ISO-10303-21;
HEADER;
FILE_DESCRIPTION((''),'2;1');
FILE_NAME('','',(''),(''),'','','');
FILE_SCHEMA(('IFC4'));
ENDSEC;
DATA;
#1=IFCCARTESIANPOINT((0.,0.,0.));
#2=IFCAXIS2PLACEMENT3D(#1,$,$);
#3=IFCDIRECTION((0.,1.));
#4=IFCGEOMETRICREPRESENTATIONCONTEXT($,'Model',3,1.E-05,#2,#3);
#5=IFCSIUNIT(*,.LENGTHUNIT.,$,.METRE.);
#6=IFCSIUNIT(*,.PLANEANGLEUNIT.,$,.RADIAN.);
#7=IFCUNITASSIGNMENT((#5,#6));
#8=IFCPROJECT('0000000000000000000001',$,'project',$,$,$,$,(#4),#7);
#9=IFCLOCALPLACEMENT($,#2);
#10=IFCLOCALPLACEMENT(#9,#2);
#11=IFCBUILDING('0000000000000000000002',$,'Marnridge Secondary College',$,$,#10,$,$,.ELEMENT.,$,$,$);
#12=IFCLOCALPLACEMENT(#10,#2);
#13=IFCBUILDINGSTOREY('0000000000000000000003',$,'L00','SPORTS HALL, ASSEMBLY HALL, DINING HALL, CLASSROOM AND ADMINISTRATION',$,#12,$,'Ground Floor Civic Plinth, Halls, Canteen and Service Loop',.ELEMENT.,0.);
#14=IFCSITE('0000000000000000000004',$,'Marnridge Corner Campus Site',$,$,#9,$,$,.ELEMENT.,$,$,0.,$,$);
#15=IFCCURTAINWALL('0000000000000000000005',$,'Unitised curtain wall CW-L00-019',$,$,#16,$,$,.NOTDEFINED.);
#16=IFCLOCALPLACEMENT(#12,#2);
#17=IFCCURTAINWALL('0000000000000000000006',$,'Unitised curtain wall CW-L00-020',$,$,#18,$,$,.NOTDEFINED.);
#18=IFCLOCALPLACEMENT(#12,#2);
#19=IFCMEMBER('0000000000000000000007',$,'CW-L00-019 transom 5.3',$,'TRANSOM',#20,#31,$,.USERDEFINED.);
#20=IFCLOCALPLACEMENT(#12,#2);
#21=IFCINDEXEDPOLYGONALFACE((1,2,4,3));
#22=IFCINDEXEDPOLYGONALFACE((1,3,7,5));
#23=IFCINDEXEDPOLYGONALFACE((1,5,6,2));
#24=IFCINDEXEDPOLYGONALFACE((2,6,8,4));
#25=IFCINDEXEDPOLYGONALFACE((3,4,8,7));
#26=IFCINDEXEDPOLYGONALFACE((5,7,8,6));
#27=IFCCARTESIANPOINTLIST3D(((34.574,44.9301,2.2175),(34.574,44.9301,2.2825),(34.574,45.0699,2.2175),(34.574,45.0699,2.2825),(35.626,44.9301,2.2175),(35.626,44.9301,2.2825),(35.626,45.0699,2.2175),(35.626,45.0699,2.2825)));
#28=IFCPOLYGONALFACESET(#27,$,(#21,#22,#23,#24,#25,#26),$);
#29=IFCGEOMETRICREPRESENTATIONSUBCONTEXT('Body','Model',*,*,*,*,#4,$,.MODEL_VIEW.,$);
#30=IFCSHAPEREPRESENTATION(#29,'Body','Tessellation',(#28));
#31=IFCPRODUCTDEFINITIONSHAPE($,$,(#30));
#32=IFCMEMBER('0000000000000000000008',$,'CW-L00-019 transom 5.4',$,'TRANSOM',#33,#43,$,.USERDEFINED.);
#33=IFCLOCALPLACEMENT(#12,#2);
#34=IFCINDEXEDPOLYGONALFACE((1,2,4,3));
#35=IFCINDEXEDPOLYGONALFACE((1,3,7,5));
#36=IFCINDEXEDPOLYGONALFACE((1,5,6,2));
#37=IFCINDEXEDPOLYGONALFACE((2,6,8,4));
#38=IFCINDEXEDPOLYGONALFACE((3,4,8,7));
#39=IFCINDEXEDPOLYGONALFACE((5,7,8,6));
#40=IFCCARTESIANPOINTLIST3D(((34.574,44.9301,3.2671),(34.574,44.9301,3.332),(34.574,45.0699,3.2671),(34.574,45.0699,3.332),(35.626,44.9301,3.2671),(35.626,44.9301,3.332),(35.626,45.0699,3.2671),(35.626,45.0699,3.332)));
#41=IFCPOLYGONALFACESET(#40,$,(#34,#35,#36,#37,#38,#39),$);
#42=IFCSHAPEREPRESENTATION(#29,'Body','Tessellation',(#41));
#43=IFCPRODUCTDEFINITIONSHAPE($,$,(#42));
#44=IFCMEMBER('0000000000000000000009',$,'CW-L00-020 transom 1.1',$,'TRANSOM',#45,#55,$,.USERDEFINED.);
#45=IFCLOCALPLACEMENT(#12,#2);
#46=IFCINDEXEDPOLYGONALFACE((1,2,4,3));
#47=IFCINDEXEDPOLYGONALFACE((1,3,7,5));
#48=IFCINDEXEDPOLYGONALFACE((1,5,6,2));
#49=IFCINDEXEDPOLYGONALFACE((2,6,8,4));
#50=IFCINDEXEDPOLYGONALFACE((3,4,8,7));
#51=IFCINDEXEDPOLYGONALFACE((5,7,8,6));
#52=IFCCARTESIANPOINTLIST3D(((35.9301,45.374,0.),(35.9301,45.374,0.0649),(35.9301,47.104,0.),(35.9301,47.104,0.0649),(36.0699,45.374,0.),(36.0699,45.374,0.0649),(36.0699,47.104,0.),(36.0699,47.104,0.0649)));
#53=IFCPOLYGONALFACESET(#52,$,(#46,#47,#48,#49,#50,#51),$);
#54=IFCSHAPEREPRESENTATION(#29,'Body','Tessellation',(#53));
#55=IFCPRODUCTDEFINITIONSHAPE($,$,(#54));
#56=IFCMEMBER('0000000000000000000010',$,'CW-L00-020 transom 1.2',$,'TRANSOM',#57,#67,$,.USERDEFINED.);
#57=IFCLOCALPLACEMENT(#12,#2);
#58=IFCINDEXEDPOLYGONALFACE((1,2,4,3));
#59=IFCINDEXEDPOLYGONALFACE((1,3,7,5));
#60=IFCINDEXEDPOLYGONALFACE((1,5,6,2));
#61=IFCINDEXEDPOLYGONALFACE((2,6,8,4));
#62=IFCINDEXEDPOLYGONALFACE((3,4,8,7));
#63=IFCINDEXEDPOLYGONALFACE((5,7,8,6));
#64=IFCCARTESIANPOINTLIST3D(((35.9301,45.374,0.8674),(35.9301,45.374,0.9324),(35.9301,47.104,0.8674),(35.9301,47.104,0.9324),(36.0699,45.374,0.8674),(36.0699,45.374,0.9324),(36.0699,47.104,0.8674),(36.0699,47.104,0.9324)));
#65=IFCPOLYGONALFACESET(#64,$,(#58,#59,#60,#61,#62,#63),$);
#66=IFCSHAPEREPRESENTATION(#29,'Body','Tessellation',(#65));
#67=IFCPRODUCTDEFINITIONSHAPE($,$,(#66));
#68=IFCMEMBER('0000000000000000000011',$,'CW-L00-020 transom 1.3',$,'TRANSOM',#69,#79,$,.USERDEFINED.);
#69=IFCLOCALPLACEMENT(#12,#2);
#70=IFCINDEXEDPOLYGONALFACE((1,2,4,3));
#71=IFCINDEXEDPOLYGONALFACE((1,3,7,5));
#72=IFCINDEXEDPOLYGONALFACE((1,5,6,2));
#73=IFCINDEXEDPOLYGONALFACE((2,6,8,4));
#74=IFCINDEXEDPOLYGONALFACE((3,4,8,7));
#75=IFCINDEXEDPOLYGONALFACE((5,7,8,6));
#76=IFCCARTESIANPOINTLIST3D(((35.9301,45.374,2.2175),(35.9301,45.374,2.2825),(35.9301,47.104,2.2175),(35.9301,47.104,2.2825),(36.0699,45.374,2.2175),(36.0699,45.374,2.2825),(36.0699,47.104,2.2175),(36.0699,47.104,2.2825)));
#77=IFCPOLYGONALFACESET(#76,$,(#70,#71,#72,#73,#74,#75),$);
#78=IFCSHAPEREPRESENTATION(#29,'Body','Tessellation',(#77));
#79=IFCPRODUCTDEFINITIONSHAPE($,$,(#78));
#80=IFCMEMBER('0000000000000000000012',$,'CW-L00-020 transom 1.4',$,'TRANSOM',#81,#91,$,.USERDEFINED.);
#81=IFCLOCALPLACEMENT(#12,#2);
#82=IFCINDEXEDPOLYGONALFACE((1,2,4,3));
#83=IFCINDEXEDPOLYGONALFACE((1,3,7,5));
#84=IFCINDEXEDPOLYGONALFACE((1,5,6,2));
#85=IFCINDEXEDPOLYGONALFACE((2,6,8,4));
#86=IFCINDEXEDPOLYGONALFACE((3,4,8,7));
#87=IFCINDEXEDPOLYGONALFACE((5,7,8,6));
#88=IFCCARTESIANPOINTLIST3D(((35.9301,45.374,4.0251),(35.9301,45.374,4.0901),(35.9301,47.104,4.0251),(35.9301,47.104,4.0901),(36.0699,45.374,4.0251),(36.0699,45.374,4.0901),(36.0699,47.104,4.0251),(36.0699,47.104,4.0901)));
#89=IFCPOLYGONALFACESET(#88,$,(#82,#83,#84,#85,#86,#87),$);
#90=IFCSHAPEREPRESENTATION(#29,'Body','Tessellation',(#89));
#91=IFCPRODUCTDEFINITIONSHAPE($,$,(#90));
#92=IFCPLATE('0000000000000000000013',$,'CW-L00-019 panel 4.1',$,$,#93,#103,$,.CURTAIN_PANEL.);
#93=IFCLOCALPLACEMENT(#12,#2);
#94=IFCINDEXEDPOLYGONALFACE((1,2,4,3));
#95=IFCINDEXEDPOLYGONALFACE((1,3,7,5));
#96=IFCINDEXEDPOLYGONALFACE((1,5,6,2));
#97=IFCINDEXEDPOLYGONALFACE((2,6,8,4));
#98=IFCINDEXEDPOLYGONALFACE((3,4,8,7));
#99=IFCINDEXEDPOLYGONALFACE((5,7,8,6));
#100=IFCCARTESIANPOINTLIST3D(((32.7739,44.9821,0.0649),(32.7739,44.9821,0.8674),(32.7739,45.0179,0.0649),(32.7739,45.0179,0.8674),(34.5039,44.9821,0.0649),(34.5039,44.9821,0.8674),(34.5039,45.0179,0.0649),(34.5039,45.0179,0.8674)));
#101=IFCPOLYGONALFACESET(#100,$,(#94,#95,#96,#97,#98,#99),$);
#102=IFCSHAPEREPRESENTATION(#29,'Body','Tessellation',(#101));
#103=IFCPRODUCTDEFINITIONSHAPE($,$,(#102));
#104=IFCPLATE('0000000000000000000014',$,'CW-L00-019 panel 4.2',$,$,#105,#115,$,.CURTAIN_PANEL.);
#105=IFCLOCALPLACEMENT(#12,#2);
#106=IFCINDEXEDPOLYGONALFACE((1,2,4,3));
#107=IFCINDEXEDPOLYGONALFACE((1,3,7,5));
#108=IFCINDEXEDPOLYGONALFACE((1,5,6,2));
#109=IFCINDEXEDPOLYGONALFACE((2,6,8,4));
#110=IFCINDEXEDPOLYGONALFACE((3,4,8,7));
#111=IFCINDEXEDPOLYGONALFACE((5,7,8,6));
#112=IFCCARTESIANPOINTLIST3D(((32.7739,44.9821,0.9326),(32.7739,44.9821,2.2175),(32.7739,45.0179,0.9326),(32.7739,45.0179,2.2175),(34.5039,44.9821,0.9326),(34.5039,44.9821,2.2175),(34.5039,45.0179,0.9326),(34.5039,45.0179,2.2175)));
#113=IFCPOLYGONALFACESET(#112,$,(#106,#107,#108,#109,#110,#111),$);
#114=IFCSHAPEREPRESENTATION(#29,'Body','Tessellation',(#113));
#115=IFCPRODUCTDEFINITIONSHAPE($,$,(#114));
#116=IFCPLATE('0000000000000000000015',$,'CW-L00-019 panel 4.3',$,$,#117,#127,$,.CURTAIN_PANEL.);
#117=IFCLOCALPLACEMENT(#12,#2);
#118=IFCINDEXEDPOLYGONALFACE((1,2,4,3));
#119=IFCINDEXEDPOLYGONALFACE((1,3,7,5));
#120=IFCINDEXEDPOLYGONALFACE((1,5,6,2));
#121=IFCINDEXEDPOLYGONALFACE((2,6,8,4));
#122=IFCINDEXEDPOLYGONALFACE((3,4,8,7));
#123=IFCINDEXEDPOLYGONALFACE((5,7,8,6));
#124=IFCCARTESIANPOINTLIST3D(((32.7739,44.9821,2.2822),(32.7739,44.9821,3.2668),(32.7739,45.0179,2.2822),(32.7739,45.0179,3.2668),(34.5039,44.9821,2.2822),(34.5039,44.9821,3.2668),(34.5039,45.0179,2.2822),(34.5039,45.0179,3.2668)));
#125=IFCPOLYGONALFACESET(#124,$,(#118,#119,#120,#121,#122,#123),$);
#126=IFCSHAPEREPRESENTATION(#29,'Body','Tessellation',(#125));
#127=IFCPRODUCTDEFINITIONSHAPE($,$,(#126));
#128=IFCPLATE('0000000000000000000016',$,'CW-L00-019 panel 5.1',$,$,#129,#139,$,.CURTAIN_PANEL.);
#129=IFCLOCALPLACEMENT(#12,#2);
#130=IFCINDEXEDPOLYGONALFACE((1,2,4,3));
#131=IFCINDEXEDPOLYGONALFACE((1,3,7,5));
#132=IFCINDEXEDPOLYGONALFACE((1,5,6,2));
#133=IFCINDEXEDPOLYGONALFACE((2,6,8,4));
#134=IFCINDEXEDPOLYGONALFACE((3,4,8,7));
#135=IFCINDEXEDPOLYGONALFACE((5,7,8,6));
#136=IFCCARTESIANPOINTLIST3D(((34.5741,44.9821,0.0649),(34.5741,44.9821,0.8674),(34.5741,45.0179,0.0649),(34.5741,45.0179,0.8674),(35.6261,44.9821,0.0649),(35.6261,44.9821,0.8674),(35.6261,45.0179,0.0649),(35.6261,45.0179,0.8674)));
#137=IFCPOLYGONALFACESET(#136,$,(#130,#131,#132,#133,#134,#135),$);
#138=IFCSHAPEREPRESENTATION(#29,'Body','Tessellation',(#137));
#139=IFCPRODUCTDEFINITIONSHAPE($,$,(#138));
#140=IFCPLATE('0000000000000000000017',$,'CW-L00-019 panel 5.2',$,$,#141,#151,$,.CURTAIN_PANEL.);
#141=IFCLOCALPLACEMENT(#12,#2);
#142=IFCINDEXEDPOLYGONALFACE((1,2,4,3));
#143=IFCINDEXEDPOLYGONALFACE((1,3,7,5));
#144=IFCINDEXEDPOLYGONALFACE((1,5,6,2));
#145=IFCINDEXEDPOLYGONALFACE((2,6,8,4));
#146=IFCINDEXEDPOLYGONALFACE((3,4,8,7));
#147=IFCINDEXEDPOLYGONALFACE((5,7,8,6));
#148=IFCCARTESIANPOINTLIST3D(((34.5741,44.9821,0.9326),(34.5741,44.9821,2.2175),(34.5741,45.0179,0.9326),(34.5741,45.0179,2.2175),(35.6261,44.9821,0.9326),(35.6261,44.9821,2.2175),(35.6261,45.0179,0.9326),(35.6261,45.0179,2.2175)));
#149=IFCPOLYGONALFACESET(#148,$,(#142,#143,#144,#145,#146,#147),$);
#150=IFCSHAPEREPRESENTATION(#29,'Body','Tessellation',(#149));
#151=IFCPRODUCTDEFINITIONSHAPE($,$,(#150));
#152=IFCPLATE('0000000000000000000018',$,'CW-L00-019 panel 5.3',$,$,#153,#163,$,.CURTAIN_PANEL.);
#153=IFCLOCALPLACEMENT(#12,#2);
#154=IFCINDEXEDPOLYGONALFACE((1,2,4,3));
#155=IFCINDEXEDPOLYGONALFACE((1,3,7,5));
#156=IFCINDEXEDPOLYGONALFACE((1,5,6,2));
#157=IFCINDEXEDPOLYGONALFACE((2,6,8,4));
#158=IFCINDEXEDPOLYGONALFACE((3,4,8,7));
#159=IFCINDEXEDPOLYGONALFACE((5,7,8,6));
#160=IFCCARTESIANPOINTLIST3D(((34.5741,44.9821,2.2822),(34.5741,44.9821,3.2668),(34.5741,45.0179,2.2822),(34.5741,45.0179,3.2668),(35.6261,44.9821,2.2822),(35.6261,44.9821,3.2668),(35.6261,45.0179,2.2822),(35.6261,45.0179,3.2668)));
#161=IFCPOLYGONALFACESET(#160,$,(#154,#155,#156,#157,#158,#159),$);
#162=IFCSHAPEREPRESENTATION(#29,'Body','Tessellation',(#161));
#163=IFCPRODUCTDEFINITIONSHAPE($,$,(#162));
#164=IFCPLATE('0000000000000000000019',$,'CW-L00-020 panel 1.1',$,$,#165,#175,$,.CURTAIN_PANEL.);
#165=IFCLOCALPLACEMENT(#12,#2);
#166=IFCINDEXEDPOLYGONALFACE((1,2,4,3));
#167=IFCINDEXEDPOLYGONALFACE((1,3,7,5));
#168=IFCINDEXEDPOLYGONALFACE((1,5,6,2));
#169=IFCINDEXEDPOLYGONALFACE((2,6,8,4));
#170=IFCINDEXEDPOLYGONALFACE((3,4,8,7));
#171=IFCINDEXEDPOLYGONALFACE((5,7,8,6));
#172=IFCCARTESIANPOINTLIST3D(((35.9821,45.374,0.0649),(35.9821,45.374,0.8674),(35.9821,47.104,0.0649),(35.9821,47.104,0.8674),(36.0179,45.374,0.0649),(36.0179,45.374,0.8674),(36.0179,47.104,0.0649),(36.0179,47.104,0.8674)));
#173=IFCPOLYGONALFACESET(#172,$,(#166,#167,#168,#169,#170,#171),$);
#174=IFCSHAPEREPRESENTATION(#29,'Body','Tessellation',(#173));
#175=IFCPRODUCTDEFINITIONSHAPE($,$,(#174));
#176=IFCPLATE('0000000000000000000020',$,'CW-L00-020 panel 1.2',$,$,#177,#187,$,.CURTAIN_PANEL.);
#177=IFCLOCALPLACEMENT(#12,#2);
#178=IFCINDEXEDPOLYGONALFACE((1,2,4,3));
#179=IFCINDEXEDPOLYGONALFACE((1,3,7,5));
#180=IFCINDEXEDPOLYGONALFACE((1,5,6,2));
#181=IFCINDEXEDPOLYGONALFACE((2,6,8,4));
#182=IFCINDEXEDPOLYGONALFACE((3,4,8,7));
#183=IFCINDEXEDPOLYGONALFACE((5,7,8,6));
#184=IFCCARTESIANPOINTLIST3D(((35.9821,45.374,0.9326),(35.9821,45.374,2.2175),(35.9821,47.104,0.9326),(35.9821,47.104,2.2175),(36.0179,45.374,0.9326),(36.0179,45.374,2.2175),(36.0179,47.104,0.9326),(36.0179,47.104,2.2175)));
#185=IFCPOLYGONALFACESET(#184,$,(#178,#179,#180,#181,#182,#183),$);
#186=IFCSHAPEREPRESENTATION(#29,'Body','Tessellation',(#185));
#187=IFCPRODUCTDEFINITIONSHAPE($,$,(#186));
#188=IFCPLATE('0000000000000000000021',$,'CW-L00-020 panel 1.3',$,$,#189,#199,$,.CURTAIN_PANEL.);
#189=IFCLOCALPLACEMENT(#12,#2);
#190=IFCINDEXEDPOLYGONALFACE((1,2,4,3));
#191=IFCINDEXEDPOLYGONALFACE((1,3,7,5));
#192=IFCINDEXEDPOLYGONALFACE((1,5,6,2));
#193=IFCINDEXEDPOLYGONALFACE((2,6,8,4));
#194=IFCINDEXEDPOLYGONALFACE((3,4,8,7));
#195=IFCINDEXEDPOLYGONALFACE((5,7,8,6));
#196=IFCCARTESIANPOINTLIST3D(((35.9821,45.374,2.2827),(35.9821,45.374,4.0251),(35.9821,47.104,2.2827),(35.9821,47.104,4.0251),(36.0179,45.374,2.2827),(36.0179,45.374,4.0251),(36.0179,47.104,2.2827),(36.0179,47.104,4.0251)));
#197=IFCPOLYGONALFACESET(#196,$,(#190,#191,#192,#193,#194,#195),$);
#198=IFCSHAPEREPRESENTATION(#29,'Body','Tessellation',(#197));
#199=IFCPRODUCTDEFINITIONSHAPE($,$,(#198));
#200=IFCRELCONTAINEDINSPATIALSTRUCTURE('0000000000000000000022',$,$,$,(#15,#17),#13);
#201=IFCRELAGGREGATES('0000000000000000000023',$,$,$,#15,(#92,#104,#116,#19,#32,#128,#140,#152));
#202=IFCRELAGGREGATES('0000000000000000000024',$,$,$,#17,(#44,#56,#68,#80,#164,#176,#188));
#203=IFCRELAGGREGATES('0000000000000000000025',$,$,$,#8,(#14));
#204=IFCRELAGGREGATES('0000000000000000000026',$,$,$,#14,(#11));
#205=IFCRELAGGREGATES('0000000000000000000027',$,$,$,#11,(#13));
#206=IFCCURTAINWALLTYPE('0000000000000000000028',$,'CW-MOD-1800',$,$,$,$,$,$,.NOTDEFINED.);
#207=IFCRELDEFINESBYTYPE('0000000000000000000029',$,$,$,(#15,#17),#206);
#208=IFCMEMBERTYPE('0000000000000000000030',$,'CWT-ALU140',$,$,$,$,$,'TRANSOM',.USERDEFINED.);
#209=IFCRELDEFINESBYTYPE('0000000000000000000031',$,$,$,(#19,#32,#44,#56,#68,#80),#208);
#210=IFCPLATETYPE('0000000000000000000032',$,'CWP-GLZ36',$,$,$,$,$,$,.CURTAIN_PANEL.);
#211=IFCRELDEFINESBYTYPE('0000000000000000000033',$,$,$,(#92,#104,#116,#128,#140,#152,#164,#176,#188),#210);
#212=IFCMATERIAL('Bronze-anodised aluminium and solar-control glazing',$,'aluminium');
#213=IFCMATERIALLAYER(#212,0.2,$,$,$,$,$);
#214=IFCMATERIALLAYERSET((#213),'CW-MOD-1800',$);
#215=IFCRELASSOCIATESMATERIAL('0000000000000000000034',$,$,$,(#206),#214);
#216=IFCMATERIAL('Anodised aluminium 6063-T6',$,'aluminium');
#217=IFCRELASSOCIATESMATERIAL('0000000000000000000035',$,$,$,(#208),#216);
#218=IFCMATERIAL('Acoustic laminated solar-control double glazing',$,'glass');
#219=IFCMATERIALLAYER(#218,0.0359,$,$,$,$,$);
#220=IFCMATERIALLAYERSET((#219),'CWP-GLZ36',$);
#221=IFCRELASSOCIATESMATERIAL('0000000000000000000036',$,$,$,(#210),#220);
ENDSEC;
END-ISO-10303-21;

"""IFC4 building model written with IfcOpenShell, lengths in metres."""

from ifc_helpers import new_model, si_unit, direction, frame, origin, origin_2d, place, context, subcontext, project, spatial, rectangle, extrude, material, layer, layer_set, material_profile, profile_set, type_object, element, aggregate, save


model = new_model("IFC4")

# Units and contexts
model_context = context("Model", 3, precision=1e-05, world=origin(), true_north=direction((0.0, 1.0)))
body_context = subcontext(model_context, "Body", "Model", "MODEL_VIEW")
ifc_project = project(units=[si_unit("LENGTHUNIT", "METRE"), si_unit("PLANEANGLEUNIT", "RADIAN")], contexts=[model_context])

# Site, building, storey
site_placement = place(None, origin())
site = spatial("IfcSite", under=ifc_project, at=site_placement, Name="Marnridge Corner Campus Site", CompositionType="ELEMENT", RefElevation=0.0)
building_placement = place(site_placement, origin())
building = spatial("IfcBuilding", under=site, at=building_placement, Name="Marnridge Secondary College", CompositionType="ELEMENT")
storey_placement = place(building_placement, origin())
storey = spatial("IfcBuildingStorey", under=building, at=storey_placement, Name="L00", Description="SPORTS HALL, ASSEMBLY HALL, DINING HALL, CLASSROOM AND ADMINISTRATION", LongName="Ground Floor Civic Plinth, Halls, Canteen and Service Loop", CompositionType="ELEMENT", Elevation=0.0)

# Curtain walls
ifc_material_1 = material(Name="Bronze-anodised aluminium and solar-control glazing", Category="aluminium")
ifc_layer_1 = layer(ifc_material_1, 0.2)
ifc_layer_set_1 = layer_set([ifc_layer_1], Name="CW-MOD-1800")
curtain_wall_type = type_object("IfcCurtainWallType", Name="CW-MOD-1800", PredefinedType="NOTDEFINED", material=ifc_layer_set_1)
curtain_wall_1_placement = place(storey_placement, origin())
curtain_wall_1 = element("IfcCurtainWall", 1, at=curtain_wall_1_placement, inside=storey, type_object=curtain_wall_type, Name="Unitised curtain wall CW-L00-019", PredefinedType="NOTDEFINED")
curtain_wall_2_placement = place(storey_placement, origin())
curtain_wall_2 = element("IfcCurtainWall", 2, at=curtain_wall_2_placement, inside=storey, type_object=curtain_wall_type, Name="Unitised curtain wall CW-L00-020", PredefinedType="NOTDEFINED")

# Members
ifc_material_2 = material(Name="Anodised aluminium 6063-T6", Category="aluminium")
ifc_material_profile_1 = material_profile(ifc_material_2, rectangle(XDim=0.0649, YDim=0.1399, at=origin_2d()), Name="ALU 65x140")
ifc_profile_set_1 = profile_set([ifc_material_profile_1], Name="Anodised aluminium 6063-T6")
member_type_1 = type_object("IfcMemberType", Name="CWT-ALU140", ElementType="TRANSOM", PredefinedType="USERDEFINED", material=ifc_profile_set_1)
member_1_placement = place(storey_placement, frame((34.574, 45.0, 2.25), z_axis=(1.0, 0.0, 0.0), x_axis=(0.0, 0.0, 1.0)))
member_1 = element("IfcMember", 3, at=member_1_placement, type_object=member_type_1, Name="CW-L00-019 transom 5.3", ObjectType="TRANSOM", PredefinedType="USERDEFINED", context=body_context, shape_type="SweptSolid", body=[
    extrude(rectangle(XDim=0.0649, YDim=0.1399, at=origin_2d()), origin(), (0.0, 0.0, 1.0), 1.052),
])
member_2_placement = place(storey_placement, frame((34.574, 45.0, 3.2996), z_axis=(1.0, 0.0, 0.0), x_axis=(0.0, 0.0, 1.0)))
member_2 = element("IfcMember", 4, at=member_2_placement, type_object=member_type_1, Name="CW-L00-019 transom 5.4", ObjectType="TRANSOM", PredefinedType="USERDEFINED", context=body_context, shape_type="SweptSolid", body=[
    extrude(rectangle(XDim=0.0649, YDim=0.1399, at=origin_2d()), origin(), (0.0, 0.0, 1.0), 1.052),
])
member_3_placement = place(storey_placement, frame((36.0, 45.374, 0.0325), z_axis=(0.0, 1.0, 0.0), x_axis=(0.0, 0.0, 1.0)))
member_3 = element("IfcMember", 5, at=member_3_placement, type_object=member_type_1, Name="CW-L00-020 transom 1.1", ObjectType="TRANSOM", PredefinedType="USERDEFINED", context=body_context, shape_type="SweptSolid", body=[
    extrude(rectangle(XDim=0.0649, YDim=0.1399, at=origin_2d()), origin(), (0.0, 0.0, 1.0), 1.73),
])
member_4_placement = place(storey_placement, frame((36.0, 45.374, 0.8999), z_axis=(0.0, 1.0, 0.0), x_axis=(0.0, 0.0, 1.0)))
member_4 = element("IfcMember", 6, at=member_4_placement, type_object=member_type_1, Name="CW-L00-020 transom 1.2", ObjectType="TRANSOM", PredefinedType="USERDEFINED", context=body_context, shape_type="SweptSolid", body=[
    extrude(rectangle(XDim=0.0649, YDim=0.1399, at=origin_2d()), origin(), (0.0, 0.0, 1.0), 1.73),
])
member_5_placement = place(storey_placement, frame((36.0, 45.374, 2.25), z_axis=(0.0, 1.0, 0.0), x_axis=(0.0, 0.0, 1.0)))
member_5 = element("IfcMember", 7, at=member_5_placement, type_object=member_type_1, Name="CW-L00-020 transom 1.3", ObjectType="TRANSOM", PredefinedType="USERDEFINED", context=body_context, shape_type="SweptSolid", body=[
    extrude(rectangle(XDim=0.0649, YDim=0.1399, at=origin_2d()), origin(), (0.0, 0.0, 1.0), 1.73),
])
member_6_placement = place(storey_placement, frame((36.0, 45.374, 4.0576), z_axis=(0.0, 1.0, 0.0), x_axis=(0.0, 0.0, 1.0)))
member_6 = element("IfcMember", 8, at=member_6_placement, type_object=member_type_1, Name="CW-L00-020 transom 1.4", ObjectType="TRANSOM", PredefinedType="USERDEFINED", context=body_context, shape_type="SweptSolid", body=[
    extrude(rectangle(XDim=0.0649, YDim=0.1399, at=origin_2d()), origin(), (0.0, 0.0, 1.0), 1.73),
])

# Plates
ifc_material_3 = material(Name="Acoustic laminated solar-control double glazing", Category="glass")
ifc_layer_2 = layer(ifc_material_3, 0.0359)
ifc_layer_set_2 = layer_set([ifc_layer_2], Name="CWP-GLZ36")
plate_type = type_object("IfcPlateType", Name="CWP-GLZ36", PredefinedType="CURTAIN_PANEL", material=ifc_layer_set_2)
plate_1_placement = place(storey_placement, frame((33.6389, 45.0, 0.0649), z_axis=(0.0, 0.0, 1.0), x_axis=(1.0, 0.0, 0.0)))
plate_1 = element("IfcPlate", 9, at=plate_1_placement, type_object=plate_type, Name="CW-L00-019 panel 4.1", PredefinedType="CURTAIN_PANEL", context=body_context, shape_type="SweptSolid", body=[
    extrude(rectangle(XDim=1.73, YDim=0.0359, at=origin_2d()), origin(), (0.0, 0.0, 1.0), 0.8025),
])
plate_2_placement = place(storey_placement, frame((33.6389, 45.0, 0.9326), z_axis=(0.0, 0.0, 1.0), x_axis=(1.0, 0.0, 0.0)))
plate_2 = element("IfcPlate", 10, at=plate_2_placement, type_object=plate_type, Name="CW-L00-019 panel 4.2", PredefinedType="CURTAIN_PANEL", context=body_context, shape_type="SweptSolid", body=[
    extrude(rectangle(XDim=1.73, YDim=0.0359, at=origin_2d()), origin(), (0.0, 0.0, 1.0), 1.2849),
])
plate_3_placement = place(storey_placement, frame((33.6389, 45.0, 2.2822), z_axis=(0.0, 0.0, 1.0), x_axis=(1.0, 0.0, 0.0)))
plate_3 = element("IfcPlate", 11, at=plate_3_placement, type_object=plate_type, Name="CW-L00-019 panel 4.3", PredefinedType="CURTAIN_PANEL", context=body_context, shape_type="SweptSolid", body=[
    extrude(rectangle(XDim=1.73, YDim=0.0359, at=origin_2d()), origin(), (0.0, 0.0, 1.0), 0.9846),
])
plate_4_placement = place(storey_placement, frame((35.1001, 45.0, 0.0649), z_axis=(0.0, 0.0, 1.0), x_axis=(1.0, 0.0, 0.0)))
plate_4 = element("IfcPlate", 12, at=plate_4_placement, type_object=plate_type, Name="CW-L00-019 panel 5.1", PredefinedType="CURTAIN_PANEL", context=body_context, shape_type="SweptSolid", body=[
    extrude(rectangle(XDim=1.052, YDim=0.0359, at=origin_2d()), origin(), (0.0, 0.0, 1.0), 0.8025),
])
plate_5_placement = place(storey_placement, frame((35.1001, 45.0, 0.9326), z_axis=(0.0, 0.0, 1.0), x_axis=(1.0, 0.0, 0.0)))
plate_5 = element("IfcPlate", 13, at=plate_5_placement, type_object=plate_type, Name="CW-L00-019 panel 5.2", PredefinedType="CURTAIN_PANEL", context=body_context, shape_type="SweptSolid", body=[
    extrude(rectangle(XDim=1.052, YDim=0.0359, at=origin_2d()), origin(), (0.0, 0.0, 1.0), 1.2849),
])
plate_6_placement = place(storey_placement, frame((35.1001, 45.0, 2.2822), z_axis=(0.0, 0.0, 1.0), x_axis=(1.0, 0.0, 0.0)))
plate_6 = element("IfcPlate", 14, at=plate_6_placement, type_object=plate_type, Name="CW-L00-019 panel 5.3", PredefinedType="CURTAIN_PANEL", context=body_context, shape_type="SweptSolid", body=[
    extrude(rectangle(XDim=1.052, YDim=0.0359, at=origin_2d()), origin(), (0.0, 0.0, 1.0), 0.9846),
])
aggregate(curtain_wall_1, [plate_1, plate_2, plate_3, member_1, member_2, plate_4, plate_5, plate_6])
plate_7_placement = place(storey_placement, frame((36.0, 46.239, 0.0649), z_axis=(0.0, 0.0, 1.0), x_axis=(0.0, 1.0, 0.0)))
plate_7 = element("IfcPlate", 15, at=plate_7_placement, type_object=plate_type, Name="CW-L00-020 panel 1.1", PredefinedType="CURTAIN_PANEL", context=body_context, shape_type="SweptSolid", body=[
    extrude(rectangle(XDim=1.73, YDim=0.0359, at=origin_2d()), origin(), (0.0, 0.0, 1.0), 0.8025),
])
plate_8_placement = place(storey_placement, frame((36.0, 46.239, 0.9326), z_axis=(0.0, 0.0, 1.0), x_axis=(0.0, 1.0, 0.0)))
plate_8 = element("IfcPlate", 16, at=plate_8_placement, type_object=plate_type, Name="CW-L00-020 panel 1.2", PredefinedType="CURTAIN_PANEL", context=body_context, shape_type="SweptSolid", body=[
    extrude(rectangle(XDim=1.73, YDim=0.0359, at=origin_2d()), origin(), (0.0, 0.0, 1.0), 1.2849),
])
plate_9_placement = place(storey_placement, frame((36.0, 46.239, 2.2827), z_axis=(0.0, 0.0, 1.0), x_axis=(0.0, 1.0, 0.0)))
plate_9 = element("IfcPlate", 17, at=plate_9_placement, type_object=plate_type, Name="CW-L00-020 panel 1.3", PredefinedType="CURTAIN_PANEL", context=body_context, shape_type="SweptSolid", body=[
    extrude(rectangle(XDim=1.73, YDim=0.0359, at=origin_2d()), origin(), (0.0, 0.0, 1.0), 1.7424),
])
aggregate(curtain_wall_2, [member_3, member_4, member_5, member_6, plate_7, plate_8, plate_9])

save(model, "model.ifc")
